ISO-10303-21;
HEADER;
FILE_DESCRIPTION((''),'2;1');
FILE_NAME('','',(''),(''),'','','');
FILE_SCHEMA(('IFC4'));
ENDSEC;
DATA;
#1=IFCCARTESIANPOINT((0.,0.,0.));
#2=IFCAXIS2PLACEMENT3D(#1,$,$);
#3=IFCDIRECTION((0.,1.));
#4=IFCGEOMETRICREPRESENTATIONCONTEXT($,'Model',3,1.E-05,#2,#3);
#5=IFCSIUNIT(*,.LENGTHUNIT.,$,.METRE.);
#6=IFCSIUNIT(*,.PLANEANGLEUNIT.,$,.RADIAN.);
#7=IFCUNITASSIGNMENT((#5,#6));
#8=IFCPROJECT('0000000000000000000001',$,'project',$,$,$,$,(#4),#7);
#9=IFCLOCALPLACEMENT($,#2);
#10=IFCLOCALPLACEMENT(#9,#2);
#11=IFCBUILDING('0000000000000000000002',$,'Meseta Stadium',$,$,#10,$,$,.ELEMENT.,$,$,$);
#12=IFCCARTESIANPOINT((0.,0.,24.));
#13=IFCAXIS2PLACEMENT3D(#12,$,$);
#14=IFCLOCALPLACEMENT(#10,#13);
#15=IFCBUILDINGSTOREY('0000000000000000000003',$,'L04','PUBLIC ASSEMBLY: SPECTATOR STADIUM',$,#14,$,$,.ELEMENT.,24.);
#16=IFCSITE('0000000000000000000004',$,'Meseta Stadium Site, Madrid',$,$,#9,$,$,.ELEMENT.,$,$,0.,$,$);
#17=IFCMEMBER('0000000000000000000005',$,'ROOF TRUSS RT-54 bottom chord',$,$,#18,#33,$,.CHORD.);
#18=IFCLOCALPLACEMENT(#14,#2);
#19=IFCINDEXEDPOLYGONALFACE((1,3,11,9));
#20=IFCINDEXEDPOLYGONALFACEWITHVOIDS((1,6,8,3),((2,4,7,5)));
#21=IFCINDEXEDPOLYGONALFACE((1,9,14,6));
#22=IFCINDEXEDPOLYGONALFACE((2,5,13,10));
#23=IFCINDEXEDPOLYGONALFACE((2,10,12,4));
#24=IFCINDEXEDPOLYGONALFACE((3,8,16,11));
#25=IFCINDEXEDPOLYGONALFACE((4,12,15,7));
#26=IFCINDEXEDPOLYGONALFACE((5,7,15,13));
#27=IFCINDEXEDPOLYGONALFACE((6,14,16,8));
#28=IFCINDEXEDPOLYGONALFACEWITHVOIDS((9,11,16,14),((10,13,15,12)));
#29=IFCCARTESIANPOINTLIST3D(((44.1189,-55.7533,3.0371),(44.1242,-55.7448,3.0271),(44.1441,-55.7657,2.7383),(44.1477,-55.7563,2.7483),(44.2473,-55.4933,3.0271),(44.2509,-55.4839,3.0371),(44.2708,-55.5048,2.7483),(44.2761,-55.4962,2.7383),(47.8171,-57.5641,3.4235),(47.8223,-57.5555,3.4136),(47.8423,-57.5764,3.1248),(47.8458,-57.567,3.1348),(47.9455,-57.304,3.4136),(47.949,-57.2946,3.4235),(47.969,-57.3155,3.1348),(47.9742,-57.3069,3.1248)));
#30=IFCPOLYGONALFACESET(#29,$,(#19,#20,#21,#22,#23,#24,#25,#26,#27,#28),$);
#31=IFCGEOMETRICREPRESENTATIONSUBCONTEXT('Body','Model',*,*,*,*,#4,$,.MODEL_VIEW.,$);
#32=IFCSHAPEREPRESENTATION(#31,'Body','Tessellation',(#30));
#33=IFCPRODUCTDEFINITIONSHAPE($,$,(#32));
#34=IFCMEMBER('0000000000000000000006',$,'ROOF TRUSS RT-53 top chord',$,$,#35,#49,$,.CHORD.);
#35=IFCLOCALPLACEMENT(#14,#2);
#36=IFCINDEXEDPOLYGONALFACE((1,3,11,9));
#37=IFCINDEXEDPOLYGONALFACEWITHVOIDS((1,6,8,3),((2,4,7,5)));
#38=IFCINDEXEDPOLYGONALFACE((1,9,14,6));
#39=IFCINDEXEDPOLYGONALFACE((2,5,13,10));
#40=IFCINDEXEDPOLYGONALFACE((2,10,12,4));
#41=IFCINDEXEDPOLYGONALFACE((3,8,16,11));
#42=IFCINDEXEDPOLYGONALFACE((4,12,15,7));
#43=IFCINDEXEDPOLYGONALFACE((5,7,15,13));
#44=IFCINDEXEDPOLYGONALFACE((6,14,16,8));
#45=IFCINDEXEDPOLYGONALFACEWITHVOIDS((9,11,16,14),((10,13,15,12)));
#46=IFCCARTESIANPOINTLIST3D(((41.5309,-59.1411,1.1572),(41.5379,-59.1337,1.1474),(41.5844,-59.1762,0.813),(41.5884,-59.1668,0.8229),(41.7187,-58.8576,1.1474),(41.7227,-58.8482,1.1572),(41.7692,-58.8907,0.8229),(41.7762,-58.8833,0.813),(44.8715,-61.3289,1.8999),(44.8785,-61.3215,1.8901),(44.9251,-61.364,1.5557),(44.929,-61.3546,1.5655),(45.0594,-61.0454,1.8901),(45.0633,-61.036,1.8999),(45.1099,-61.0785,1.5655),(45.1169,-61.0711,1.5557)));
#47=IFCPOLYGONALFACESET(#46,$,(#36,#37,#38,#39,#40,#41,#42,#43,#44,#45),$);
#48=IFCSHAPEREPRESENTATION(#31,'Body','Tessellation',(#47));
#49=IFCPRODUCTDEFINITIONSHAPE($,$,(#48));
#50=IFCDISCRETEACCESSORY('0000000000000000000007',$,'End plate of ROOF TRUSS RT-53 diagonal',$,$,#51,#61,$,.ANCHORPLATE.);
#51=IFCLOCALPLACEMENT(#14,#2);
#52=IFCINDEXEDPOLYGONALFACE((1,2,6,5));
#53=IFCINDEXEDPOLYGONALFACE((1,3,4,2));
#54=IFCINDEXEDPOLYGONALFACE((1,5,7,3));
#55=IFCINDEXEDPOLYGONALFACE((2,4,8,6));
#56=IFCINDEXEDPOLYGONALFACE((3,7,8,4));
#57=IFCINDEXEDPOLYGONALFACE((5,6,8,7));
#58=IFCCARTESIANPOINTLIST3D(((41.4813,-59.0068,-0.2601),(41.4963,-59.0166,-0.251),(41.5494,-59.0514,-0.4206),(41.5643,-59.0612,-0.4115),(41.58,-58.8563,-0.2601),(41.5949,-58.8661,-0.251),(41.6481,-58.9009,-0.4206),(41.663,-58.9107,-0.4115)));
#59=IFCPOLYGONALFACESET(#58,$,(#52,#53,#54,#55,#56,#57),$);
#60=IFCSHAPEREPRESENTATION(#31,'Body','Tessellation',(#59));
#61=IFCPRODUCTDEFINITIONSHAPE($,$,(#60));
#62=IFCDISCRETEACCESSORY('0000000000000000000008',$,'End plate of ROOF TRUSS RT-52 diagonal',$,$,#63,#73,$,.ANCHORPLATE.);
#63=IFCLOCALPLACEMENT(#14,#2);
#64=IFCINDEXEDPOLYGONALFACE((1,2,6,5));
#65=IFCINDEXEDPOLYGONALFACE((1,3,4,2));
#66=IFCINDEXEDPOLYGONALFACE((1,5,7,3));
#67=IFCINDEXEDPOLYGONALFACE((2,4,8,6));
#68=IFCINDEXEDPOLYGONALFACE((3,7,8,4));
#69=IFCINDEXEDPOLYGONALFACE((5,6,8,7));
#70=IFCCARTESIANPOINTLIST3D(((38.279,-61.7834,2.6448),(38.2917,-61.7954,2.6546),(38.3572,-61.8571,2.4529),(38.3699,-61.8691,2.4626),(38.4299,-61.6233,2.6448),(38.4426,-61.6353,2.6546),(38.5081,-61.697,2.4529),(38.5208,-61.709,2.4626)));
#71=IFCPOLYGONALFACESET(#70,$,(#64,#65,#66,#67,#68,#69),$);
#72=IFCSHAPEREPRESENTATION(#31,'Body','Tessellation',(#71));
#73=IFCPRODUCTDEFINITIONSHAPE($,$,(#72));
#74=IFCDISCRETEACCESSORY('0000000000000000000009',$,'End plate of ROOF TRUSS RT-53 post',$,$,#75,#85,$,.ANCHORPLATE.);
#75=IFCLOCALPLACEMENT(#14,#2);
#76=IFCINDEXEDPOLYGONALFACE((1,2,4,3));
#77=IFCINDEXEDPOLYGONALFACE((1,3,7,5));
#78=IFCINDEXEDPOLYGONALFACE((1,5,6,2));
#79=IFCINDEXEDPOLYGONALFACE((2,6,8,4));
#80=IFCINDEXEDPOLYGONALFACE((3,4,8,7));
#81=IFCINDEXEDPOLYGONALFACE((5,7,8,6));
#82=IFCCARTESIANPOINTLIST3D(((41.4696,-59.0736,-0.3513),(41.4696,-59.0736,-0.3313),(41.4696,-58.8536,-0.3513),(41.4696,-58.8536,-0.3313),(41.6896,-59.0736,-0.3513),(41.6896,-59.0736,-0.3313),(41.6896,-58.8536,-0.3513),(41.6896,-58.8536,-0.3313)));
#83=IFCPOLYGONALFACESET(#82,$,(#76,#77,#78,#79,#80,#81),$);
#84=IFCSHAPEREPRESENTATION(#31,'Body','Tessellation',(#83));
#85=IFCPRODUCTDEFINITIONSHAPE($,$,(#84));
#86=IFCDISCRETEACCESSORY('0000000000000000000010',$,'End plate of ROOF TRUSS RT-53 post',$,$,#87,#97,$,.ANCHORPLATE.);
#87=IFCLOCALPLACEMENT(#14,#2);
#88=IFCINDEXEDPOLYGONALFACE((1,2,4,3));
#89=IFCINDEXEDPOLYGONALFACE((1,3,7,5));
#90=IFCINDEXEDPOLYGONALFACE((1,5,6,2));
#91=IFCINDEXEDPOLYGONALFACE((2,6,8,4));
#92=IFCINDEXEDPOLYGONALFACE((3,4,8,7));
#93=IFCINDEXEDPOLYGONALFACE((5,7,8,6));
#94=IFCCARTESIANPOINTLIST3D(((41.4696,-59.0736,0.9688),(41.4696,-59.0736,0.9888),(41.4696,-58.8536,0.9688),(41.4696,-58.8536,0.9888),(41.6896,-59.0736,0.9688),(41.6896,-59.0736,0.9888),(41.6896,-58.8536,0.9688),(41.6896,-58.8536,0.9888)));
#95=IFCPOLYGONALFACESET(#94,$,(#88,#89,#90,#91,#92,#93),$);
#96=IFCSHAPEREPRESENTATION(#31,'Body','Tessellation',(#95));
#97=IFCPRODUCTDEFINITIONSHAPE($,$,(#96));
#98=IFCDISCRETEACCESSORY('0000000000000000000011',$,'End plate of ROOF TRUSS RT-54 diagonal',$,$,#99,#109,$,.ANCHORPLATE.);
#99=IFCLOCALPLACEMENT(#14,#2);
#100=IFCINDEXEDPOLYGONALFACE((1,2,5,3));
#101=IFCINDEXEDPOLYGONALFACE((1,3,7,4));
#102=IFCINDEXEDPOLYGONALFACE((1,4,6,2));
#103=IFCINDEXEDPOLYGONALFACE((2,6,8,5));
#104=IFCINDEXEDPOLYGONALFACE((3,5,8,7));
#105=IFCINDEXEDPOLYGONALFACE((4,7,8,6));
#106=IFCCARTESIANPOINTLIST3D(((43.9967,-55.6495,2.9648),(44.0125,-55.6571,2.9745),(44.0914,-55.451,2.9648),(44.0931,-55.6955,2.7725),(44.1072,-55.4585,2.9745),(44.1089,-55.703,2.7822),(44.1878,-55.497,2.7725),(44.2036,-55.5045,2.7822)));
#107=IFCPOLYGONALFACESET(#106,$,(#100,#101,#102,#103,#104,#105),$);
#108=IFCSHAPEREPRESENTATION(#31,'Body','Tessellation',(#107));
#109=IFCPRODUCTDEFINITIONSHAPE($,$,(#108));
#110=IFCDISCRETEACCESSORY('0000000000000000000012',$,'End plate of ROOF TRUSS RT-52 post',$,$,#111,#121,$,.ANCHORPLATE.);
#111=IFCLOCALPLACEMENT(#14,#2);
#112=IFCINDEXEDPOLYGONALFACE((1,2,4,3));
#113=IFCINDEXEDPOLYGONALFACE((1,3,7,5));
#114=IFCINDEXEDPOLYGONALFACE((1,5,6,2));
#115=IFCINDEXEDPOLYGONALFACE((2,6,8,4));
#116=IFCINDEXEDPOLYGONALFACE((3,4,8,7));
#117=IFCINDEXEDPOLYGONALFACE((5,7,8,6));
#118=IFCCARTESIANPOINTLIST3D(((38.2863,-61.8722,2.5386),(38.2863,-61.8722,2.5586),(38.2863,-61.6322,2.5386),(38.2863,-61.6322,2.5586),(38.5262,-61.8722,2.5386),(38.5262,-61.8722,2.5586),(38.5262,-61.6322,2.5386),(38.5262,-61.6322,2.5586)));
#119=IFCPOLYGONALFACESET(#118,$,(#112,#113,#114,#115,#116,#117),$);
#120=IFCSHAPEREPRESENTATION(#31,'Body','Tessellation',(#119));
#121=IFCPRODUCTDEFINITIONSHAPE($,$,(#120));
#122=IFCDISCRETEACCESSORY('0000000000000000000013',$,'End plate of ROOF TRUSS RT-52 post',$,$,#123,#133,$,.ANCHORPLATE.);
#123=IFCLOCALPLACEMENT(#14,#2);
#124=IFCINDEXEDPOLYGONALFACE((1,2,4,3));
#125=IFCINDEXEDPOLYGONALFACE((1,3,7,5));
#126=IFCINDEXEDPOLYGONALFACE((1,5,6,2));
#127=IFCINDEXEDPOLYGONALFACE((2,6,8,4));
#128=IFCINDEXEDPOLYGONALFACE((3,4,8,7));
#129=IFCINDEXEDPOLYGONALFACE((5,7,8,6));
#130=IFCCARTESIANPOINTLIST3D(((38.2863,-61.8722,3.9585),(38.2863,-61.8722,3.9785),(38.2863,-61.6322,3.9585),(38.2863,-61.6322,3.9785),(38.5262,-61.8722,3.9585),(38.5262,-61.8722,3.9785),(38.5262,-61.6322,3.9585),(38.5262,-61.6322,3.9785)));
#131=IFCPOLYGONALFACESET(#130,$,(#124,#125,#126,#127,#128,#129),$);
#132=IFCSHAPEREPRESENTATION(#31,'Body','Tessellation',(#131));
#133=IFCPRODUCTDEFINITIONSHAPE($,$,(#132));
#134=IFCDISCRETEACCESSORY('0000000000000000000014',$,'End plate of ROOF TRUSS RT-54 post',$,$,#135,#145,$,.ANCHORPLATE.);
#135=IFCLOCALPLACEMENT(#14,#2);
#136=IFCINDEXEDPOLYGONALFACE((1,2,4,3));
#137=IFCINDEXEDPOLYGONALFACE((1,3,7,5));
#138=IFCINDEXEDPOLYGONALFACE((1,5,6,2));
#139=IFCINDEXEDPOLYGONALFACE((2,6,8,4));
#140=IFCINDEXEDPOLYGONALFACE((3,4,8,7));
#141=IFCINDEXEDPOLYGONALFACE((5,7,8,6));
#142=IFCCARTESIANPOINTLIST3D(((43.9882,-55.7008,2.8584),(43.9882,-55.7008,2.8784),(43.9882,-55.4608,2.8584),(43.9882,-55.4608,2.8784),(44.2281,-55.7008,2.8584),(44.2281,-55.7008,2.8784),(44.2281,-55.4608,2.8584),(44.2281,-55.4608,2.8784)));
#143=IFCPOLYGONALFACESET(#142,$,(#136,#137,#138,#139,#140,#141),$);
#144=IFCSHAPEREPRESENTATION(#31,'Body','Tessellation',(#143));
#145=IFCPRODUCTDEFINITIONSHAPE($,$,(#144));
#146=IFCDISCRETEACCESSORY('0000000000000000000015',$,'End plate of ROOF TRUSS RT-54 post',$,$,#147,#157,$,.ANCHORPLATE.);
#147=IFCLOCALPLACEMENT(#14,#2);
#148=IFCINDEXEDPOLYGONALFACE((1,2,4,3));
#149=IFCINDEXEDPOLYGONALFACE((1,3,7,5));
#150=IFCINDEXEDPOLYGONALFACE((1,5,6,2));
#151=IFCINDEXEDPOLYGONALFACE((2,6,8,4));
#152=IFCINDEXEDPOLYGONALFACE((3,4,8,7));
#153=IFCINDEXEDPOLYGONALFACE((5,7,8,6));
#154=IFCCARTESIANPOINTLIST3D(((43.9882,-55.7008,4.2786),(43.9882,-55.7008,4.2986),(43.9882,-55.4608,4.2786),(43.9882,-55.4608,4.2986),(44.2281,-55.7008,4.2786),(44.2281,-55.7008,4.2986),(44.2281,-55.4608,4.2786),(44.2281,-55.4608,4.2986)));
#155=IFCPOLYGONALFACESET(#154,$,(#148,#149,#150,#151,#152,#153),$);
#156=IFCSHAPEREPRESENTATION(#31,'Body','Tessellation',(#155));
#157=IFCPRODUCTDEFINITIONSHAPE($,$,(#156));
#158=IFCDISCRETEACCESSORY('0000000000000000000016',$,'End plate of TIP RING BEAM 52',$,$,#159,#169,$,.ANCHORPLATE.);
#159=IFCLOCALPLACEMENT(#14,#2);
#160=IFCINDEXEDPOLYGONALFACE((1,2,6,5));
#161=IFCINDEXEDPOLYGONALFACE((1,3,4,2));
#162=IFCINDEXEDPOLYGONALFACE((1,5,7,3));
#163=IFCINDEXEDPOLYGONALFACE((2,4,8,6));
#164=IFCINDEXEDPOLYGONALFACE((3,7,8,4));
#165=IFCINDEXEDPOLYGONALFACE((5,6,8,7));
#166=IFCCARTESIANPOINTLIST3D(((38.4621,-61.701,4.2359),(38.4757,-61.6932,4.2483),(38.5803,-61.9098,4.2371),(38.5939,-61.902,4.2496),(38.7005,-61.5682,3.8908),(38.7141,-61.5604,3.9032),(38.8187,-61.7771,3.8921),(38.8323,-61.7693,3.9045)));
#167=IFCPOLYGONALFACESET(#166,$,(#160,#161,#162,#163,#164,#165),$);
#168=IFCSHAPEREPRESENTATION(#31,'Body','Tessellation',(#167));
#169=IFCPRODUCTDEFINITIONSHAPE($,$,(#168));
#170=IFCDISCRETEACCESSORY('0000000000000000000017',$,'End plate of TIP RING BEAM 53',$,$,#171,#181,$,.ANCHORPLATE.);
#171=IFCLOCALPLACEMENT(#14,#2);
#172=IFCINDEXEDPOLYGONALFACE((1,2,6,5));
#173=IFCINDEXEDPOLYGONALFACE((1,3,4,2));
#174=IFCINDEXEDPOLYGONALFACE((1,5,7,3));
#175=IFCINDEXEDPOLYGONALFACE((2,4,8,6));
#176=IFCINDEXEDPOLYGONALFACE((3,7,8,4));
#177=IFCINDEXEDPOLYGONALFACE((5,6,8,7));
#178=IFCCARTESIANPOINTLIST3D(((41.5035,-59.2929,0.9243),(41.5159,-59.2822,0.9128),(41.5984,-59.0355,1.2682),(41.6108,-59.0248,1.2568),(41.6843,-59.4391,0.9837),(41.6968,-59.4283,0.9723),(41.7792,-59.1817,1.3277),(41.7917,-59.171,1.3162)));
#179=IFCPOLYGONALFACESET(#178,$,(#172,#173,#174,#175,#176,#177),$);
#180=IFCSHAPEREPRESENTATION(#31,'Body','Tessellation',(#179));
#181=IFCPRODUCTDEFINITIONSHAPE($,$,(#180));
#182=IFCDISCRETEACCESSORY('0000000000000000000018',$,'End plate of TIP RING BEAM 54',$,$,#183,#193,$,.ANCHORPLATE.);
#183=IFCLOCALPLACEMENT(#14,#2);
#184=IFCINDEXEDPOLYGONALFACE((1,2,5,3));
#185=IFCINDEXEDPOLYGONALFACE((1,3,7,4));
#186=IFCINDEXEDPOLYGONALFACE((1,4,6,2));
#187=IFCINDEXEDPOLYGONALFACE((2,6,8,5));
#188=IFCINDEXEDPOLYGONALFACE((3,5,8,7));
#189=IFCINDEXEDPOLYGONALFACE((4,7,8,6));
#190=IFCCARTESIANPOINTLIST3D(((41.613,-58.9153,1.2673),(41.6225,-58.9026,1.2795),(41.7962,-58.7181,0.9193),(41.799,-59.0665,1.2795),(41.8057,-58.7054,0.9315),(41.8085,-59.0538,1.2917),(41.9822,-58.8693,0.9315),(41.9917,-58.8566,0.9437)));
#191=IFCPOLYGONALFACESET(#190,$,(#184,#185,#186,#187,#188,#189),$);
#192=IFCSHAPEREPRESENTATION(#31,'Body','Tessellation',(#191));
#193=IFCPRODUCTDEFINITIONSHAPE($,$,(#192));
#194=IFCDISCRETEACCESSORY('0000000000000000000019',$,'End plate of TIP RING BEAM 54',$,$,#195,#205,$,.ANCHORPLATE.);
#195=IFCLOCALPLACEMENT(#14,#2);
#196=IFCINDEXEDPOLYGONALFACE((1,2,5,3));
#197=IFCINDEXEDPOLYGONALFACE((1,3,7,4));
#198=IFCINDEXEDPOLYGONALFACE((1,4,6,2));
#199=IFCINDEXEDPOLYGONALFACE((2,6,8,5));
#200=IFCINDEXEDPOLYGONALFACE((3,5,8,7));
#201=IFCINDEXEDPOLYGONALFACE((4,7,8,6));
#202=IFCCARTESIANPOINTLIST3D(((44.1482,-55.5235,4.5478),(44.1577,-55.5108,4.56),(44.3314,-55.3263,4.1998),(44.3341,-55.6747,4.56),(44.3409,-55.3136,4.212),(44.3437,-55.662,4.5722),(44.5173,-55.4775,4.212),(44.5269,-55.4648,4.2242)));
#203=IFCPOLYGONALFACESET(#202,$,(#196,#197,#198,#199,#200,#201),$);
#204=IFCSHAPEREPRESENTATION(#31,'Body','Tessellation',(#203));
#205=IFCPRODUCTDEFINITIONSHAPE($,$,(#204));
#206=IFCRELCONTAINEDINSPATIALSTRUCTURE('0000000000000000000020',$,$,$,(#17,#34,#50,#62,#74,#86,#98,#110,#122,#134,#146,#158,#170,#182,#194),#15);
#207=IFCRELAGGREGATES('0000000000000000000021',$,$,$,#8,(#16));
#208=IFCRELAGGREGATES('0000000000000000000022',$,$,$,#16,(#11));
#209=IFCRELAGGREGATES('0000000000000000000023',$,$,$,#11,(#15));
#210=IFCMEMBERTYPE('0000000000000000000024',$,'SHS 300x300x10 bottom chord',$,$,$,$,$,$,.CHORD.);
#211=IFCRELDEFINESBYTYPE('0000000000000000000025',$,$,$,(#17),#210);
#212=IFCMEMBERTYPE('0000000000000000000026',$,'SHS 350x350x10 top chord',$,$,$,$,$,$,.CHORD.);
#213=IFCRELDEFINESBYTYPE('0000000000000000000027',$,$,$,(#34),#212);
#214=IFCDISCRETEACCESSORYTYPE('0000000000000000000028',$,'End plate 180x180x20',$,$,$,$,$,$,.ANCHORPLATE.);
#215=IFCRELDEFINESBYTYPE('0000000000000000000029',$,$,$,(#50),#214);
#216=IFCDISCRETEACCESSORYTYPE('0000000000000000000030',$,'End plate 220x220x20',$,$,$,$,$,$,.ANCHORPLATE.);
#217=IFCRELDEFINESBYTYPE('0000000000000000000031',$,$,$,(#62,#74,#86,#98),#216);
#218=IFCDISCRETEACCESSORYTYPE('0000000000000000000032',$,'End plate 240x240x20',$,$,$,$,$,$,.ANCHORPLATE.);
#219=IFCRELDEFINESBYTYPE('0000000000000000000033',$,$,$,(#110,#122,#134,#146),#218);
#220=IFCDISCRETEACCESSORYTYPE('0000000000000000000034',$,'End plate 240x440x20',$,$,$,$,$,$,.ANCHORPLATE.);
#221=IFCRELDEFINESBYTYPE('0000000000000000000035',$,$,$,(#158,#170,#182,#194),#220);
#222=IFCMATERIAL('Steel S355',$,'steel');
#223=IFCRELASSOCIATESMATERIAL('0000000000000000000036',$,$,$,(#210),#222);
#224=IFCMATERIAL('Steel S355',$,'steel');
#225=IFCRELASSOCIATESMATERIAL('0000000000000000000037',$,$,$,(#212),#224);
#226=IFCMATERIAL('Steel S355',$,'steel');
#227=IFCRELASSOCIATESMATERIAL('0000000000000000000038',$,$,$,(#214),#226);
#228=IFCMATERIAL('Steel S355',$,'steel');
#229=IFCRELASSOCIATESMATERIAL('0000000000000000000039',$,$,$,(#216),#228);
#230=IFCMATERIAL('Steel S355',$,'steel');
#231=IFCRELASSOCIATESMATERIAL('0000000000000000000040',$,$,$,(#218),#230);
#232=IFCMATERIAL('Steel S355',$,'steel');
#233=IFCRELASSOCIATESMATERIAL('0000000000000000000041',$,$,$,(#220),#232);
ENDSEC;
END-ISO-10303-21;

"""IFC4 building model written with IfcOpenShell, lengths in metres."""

from ifc_helpers import new_model, si_unit, direction, frame, origin, origin_2d, place, context, subcontext, project, spatial, rectangle, hollow_rectangle, extrude, material, material_profile, profile_set, type_object, element, save


model = new_model("IFC4")

# Units and contexts
model_context = context("Model", 3, precision=1e-05, world=origin(), true_north=direction((0.0, 1.0)))
body_context = subcontext(model_context, "Body", "Model", "MODEL_VIEW")
ifc_project = project(units=[si_unit("LENGTHUNIT", "METRE"), si_unit("PLANEANGLEUNIT", "RADIAN")], contexts=[model_context])

# Site, building, storey
site_placement = place(None, origin())
site = spatial("IfcSite", under=ifc_project, at=site_placement, Name="Meseta Stadium Site, Madrid", CompositionType="ELEMENT", RefElevation=0.0)
building_placement = place(site_placement, origin())
building = spatial("IfcBuilding", under=site, at=building_placement, Name="Meseta Stadium", CompositionType="ELEMENT")
storey_placement = place(building_placement, frame((0.0, 0.0, 24.0)))
storey = spatial("IfcBuildingStorey", under=building, at=storey_placement, Name="L04", Description="PUBLIC ASSEMBLY: SPECTATOR STADIUM", CompositionType="ELEMENT", Elevation=24.0)

# Members
ifc_material_1 = material(Name="Steel S355", Category="steel")
ifc_material_profile_1 = material_profile(ifc_material_1, hollow_rectangle(XDim=0.3, YDim=0.3, WallThickness=0.01, at=origin_2d()), Name="SHS 300x300x10")
ifc_profile_set_1 = profile_set([ifc_material_profile_1], Name="Steel S355")
member_type_1 = type_object("IfcMemberType", Name="SHS 300x300x10 bottom chord", PredefinedType="CHORD", material=ifc_profile_set_1)
member_1_placement = place(storey_placement, frame((44.1975, -55.6248, 2.8877), z_axis=(0.89419, -0.437827, 0.093445), x_axis=(0.439751, 0.89812, 0.0)))
element("IfcMember", 1, at=member_1_placement, inside=storey, type_object=member_type_1, Name="ROOF TRUSS RT-54 bottom chord", PredefinedType="CHORD", context=body_context, shape_type="SweptSolid", body=[
    extrude(hollow_rectangle(XDim=0.3, YDim=0.3, WallThickness=0.01, at=origin_2d()), origin(), (0.0, 0.0, 1.0), 4.1357),
])
ifc_material_2 = material(Name="Steel S355", Category="steel")
ifc_material_profile_2 = material_profile(ifc_material_2, hollow_rectangle(XDim=0.3501, YDim=0.3501, WallThickness=0.01, at=origin_2d()), Name="SHS 350x350x10")
ifc_profile_set_2 = profile_set([ifc_material_profile_2], Name="Steel S355")
member_type_2 = type_object("IfcMemberType", Name="SHS 350x350x10 top chord", PredefinedType="CHORD", material=ifc_profile_set_2)
member_2_placement = place(storey_placement, frame((41.6536, -59.0122, 0.9851), z_axis=(0.822462, -0.53863, 0.182849), x_axis=(0.547867, 0.836565, 0.0)))
element("IfcMember", 2, at=member_2_placement, inside=storey, type_object=member_type_2, Name="ROOF TRUSS RT-53 top chord", PredefinedType="CHORD", context=body_context, shape_type="SweptSolid", body=[
    extrude(hollow_rectangle(XDim=0.3501, YDim=0.3501, WallThickness=0.01, at=origin_2d()), origin(), (0.0, 0.0, 1.0), 4.0618),
])

# Discrete accessories
ifc_material_3 = material(Name="Steel S355", Category="steel")
ifc_material_profile_3 = material_profile(ifc_material_3, rectangle(XDim=0.1799, YDim=0.1799, at=origin_2d()), Name="PL 180x180")
ifc_profile_set_3 = profile_set([ifc_material_profile_3], Name="Steel S355")
discrete_accessory_type_1 = type_object("IfcDiscreteAccessoryType", Name="End plate 180x180x20", PredefinedType="ANCHORPLATE", material=ifc_profile_set_3)
discrete_accessory_placement = place(storey_placement, frame((41.5647, -58.9539, -0.3403), z_axis=(0.74579, -0.489043, 0.452365), x_axis=(0.548357, 0.836244, 0.0)))
element("IfcDiscreteAccessory", 3, at=discrete_accessory_placement, inside=storey, type_object=discrete_accessory_type_1, Name="End plate of ROOF TRUSS RT-53 diagonal", PredefinedType="ANCHORPLATE", context=body_context, shape_type="SweptSolid", body=[
    extrude(rectangle(XDim=0.1799, YDim=0.1799, at=origin_2d()), origin(), (0.0, 0.0, 1.0), 0.02),
])
ifc_material_4 = material(Name="Steel S355", Category="steel")
ifc_material_profile_4 = material_profile(ifc_material_4, rectangle(XDim=0.22, YDim=0.22, at=origin_2d()), Name="PL 220x220")
ifc_profile_set_4 = profile_set([ifc_material_profile_4], Name="Steel S355")
discrete_accessory_type_2 = type_object("IfcDiscreteAccessoryType", Name="End plate 220x220x20", PredefinedType="ANCHORPLATE", material=ifc_profile_set_4)
for number, where, z_axis, x_axis, name in (
    (4, (38.3936, -61.7402, 2.5488), (0.635044, -0.598407, 0.488496), (0.685801, 0.727789, 0.0), "End plate of ROOF TRUSS RT-52 diagonal"),
    (5, (41.5796, -58.9636, -0.3513), (0.0, 0.0, 1.0), (1.0, 0.0, 0.0), "End plate of ROOF TRUSS RT-53 post"),
    (6, (41.5796, -58.9636, 0.9688), (0.0, 0.0, 1.0), (1.0, 0.0, 0.0), "End plate of ROOF TRUSS RT-53 post"),
    (7, (44.0923, -55.5732, 2.8687), (0.789053, -0.376318, 0.485571), (0.430473, 0.902604, 0.0), "End plate of ROOF TRUSS RT-54 diagonal"),
):
    element("IfcDiscreteAccessory", number, at=place(storey_placement, frame(where, z_axis=z_axis, x_axis=x_axis)), inside=storey, type_object=discrete_accessory_type_2, Name=name, PredefinedType="ANCHORPLATE", context=body_context, shape_type="SweptSolid", body=[
        extrude(rectangle(XDim=0.22, YDim=0.22, at=origin_2d()), origin(), (0.0, 0.0, 1.0), 0.02),
    ])
ifc_material_5 = material(Name="Steel S355", Category="steel")
ifc_material_profile_5 = material_profile(ifc_material_5, rectangle(XDim=0.24, YDim=0.24, at=origin_2d()), Name="PL 240x240")
ifc_profile_set_5 = profile_set([ifc_material_profile_5], Name="Steel S355")
discrete_accessory_type_3 = type_object("IfcDiscreteAccessoryType", Name="End plate 240x240x20", PredefinedType="ANCHORPLATE", material=ifc_profile_set_5)
for number, where, z_axis, x_axis, name in (
    (8, (38.4062, -61.7522, 2.5386), (0.0, 0.0, 1.0), (1.0, 0.0, 0.0), "End plate of ROOF TRUSS RT-52 post"),
    (9, (38.4062, -61.7522, 3.9585), (0.0, 0.0, 1.0), (1.0, 0.0, 0.0), "End plate of ROOF TRUSS RT-52 post"),
    (10, (44.1082, -55.5808, 2.8584), (0.0, 0.0, 1.0), (1.0, 0.0, 0.0), "End plate of ROOF TRUSS RT-54 post"),
    (11, (44.1082, -55.5808, 4.2786), (0.0, 0.0, 1.0), (1.0, 0.0, 0.0), "End plate of ROOF TRUSS RT-54 post"),
):
    element("IfcDiscreteAccessory", number, at=place(storey_placement, frame(where, z_axis=z_axis, x_axis=x_axis)), inside=storey, type_object=discrete_accessory_type_3, Name=name, PredefinedType="ANCHORPLATE", context=body_context, shape_type="SweptSolid", body=[
        extrude(rectangle(XDim=0.24, YDim=0.24, at=origin_2d()), origin(), (0.0, 0.0, 1.0), 0.02),
    ])
ifc_material_6 = material(Name="Steel S355", Category="steel")
ifc_material_profile_6 = material_profile(ifc_material_6, rectangle(XDim=0.24, YDim=0.4399, at=origin_2d()), Name="PL 240x440")
ifc_profile_set_6 = profile_set([ifc_material_profile_6], Name="Steel S355")
discrete_accessory_type_4 = type_object("IfcDiscreteAccessoryType", Name="End plate 240x440x20", PredefinedType="ANCHORPLATE", material=ifc_profile_set_6)
for number, where, z_axis, x_axis, name in (
    (12, (38.6404, -61.739, 4.064), (0.681056, 0.389175, 0.620247), (-0.492473, 0.870311, -0.005323), "End plate of TIP RING BEAM 52"),
    (13, (41.6414, -59.2373, 1.126), (0.620936, 0.53571, -0.572235), (-0.75359, 0.60889, -0.2477), "End plate of TIP RING BEAM 53"),
    (14, (41.7976, -58.8923, 1.0994), (0.475574, 0.634099, 0.609711), (-0.774878, 0.630061, -0.050858), "End plate of TIP RING BEAM 54"),
    (15, (44.3328, -55.5005, 4.3799), (0.475574, 0.634099, 0.609711), (-0.774878, 0.630061, -0.050858), "End plate of TIP RING BEAM 54"),
):
    element("IfcDiscreteAccessory", number, at=place(storey_placement, frame(where, z_axis=z_axis, x_axis=x_axis)), inside=storey, type_object=discrete_accessory_type_4, Name=name, PredefinedType="ANCHORPLATE", context=body_context, shape_type="SweptSolid", body=[
        extrude(rectangle(XDim=0.24, YDim=0.4399, at=origin_2d()), origin(), (0.0, 0.0, 1.0), 0.02),
    ])

save(model, "model.ifc")
